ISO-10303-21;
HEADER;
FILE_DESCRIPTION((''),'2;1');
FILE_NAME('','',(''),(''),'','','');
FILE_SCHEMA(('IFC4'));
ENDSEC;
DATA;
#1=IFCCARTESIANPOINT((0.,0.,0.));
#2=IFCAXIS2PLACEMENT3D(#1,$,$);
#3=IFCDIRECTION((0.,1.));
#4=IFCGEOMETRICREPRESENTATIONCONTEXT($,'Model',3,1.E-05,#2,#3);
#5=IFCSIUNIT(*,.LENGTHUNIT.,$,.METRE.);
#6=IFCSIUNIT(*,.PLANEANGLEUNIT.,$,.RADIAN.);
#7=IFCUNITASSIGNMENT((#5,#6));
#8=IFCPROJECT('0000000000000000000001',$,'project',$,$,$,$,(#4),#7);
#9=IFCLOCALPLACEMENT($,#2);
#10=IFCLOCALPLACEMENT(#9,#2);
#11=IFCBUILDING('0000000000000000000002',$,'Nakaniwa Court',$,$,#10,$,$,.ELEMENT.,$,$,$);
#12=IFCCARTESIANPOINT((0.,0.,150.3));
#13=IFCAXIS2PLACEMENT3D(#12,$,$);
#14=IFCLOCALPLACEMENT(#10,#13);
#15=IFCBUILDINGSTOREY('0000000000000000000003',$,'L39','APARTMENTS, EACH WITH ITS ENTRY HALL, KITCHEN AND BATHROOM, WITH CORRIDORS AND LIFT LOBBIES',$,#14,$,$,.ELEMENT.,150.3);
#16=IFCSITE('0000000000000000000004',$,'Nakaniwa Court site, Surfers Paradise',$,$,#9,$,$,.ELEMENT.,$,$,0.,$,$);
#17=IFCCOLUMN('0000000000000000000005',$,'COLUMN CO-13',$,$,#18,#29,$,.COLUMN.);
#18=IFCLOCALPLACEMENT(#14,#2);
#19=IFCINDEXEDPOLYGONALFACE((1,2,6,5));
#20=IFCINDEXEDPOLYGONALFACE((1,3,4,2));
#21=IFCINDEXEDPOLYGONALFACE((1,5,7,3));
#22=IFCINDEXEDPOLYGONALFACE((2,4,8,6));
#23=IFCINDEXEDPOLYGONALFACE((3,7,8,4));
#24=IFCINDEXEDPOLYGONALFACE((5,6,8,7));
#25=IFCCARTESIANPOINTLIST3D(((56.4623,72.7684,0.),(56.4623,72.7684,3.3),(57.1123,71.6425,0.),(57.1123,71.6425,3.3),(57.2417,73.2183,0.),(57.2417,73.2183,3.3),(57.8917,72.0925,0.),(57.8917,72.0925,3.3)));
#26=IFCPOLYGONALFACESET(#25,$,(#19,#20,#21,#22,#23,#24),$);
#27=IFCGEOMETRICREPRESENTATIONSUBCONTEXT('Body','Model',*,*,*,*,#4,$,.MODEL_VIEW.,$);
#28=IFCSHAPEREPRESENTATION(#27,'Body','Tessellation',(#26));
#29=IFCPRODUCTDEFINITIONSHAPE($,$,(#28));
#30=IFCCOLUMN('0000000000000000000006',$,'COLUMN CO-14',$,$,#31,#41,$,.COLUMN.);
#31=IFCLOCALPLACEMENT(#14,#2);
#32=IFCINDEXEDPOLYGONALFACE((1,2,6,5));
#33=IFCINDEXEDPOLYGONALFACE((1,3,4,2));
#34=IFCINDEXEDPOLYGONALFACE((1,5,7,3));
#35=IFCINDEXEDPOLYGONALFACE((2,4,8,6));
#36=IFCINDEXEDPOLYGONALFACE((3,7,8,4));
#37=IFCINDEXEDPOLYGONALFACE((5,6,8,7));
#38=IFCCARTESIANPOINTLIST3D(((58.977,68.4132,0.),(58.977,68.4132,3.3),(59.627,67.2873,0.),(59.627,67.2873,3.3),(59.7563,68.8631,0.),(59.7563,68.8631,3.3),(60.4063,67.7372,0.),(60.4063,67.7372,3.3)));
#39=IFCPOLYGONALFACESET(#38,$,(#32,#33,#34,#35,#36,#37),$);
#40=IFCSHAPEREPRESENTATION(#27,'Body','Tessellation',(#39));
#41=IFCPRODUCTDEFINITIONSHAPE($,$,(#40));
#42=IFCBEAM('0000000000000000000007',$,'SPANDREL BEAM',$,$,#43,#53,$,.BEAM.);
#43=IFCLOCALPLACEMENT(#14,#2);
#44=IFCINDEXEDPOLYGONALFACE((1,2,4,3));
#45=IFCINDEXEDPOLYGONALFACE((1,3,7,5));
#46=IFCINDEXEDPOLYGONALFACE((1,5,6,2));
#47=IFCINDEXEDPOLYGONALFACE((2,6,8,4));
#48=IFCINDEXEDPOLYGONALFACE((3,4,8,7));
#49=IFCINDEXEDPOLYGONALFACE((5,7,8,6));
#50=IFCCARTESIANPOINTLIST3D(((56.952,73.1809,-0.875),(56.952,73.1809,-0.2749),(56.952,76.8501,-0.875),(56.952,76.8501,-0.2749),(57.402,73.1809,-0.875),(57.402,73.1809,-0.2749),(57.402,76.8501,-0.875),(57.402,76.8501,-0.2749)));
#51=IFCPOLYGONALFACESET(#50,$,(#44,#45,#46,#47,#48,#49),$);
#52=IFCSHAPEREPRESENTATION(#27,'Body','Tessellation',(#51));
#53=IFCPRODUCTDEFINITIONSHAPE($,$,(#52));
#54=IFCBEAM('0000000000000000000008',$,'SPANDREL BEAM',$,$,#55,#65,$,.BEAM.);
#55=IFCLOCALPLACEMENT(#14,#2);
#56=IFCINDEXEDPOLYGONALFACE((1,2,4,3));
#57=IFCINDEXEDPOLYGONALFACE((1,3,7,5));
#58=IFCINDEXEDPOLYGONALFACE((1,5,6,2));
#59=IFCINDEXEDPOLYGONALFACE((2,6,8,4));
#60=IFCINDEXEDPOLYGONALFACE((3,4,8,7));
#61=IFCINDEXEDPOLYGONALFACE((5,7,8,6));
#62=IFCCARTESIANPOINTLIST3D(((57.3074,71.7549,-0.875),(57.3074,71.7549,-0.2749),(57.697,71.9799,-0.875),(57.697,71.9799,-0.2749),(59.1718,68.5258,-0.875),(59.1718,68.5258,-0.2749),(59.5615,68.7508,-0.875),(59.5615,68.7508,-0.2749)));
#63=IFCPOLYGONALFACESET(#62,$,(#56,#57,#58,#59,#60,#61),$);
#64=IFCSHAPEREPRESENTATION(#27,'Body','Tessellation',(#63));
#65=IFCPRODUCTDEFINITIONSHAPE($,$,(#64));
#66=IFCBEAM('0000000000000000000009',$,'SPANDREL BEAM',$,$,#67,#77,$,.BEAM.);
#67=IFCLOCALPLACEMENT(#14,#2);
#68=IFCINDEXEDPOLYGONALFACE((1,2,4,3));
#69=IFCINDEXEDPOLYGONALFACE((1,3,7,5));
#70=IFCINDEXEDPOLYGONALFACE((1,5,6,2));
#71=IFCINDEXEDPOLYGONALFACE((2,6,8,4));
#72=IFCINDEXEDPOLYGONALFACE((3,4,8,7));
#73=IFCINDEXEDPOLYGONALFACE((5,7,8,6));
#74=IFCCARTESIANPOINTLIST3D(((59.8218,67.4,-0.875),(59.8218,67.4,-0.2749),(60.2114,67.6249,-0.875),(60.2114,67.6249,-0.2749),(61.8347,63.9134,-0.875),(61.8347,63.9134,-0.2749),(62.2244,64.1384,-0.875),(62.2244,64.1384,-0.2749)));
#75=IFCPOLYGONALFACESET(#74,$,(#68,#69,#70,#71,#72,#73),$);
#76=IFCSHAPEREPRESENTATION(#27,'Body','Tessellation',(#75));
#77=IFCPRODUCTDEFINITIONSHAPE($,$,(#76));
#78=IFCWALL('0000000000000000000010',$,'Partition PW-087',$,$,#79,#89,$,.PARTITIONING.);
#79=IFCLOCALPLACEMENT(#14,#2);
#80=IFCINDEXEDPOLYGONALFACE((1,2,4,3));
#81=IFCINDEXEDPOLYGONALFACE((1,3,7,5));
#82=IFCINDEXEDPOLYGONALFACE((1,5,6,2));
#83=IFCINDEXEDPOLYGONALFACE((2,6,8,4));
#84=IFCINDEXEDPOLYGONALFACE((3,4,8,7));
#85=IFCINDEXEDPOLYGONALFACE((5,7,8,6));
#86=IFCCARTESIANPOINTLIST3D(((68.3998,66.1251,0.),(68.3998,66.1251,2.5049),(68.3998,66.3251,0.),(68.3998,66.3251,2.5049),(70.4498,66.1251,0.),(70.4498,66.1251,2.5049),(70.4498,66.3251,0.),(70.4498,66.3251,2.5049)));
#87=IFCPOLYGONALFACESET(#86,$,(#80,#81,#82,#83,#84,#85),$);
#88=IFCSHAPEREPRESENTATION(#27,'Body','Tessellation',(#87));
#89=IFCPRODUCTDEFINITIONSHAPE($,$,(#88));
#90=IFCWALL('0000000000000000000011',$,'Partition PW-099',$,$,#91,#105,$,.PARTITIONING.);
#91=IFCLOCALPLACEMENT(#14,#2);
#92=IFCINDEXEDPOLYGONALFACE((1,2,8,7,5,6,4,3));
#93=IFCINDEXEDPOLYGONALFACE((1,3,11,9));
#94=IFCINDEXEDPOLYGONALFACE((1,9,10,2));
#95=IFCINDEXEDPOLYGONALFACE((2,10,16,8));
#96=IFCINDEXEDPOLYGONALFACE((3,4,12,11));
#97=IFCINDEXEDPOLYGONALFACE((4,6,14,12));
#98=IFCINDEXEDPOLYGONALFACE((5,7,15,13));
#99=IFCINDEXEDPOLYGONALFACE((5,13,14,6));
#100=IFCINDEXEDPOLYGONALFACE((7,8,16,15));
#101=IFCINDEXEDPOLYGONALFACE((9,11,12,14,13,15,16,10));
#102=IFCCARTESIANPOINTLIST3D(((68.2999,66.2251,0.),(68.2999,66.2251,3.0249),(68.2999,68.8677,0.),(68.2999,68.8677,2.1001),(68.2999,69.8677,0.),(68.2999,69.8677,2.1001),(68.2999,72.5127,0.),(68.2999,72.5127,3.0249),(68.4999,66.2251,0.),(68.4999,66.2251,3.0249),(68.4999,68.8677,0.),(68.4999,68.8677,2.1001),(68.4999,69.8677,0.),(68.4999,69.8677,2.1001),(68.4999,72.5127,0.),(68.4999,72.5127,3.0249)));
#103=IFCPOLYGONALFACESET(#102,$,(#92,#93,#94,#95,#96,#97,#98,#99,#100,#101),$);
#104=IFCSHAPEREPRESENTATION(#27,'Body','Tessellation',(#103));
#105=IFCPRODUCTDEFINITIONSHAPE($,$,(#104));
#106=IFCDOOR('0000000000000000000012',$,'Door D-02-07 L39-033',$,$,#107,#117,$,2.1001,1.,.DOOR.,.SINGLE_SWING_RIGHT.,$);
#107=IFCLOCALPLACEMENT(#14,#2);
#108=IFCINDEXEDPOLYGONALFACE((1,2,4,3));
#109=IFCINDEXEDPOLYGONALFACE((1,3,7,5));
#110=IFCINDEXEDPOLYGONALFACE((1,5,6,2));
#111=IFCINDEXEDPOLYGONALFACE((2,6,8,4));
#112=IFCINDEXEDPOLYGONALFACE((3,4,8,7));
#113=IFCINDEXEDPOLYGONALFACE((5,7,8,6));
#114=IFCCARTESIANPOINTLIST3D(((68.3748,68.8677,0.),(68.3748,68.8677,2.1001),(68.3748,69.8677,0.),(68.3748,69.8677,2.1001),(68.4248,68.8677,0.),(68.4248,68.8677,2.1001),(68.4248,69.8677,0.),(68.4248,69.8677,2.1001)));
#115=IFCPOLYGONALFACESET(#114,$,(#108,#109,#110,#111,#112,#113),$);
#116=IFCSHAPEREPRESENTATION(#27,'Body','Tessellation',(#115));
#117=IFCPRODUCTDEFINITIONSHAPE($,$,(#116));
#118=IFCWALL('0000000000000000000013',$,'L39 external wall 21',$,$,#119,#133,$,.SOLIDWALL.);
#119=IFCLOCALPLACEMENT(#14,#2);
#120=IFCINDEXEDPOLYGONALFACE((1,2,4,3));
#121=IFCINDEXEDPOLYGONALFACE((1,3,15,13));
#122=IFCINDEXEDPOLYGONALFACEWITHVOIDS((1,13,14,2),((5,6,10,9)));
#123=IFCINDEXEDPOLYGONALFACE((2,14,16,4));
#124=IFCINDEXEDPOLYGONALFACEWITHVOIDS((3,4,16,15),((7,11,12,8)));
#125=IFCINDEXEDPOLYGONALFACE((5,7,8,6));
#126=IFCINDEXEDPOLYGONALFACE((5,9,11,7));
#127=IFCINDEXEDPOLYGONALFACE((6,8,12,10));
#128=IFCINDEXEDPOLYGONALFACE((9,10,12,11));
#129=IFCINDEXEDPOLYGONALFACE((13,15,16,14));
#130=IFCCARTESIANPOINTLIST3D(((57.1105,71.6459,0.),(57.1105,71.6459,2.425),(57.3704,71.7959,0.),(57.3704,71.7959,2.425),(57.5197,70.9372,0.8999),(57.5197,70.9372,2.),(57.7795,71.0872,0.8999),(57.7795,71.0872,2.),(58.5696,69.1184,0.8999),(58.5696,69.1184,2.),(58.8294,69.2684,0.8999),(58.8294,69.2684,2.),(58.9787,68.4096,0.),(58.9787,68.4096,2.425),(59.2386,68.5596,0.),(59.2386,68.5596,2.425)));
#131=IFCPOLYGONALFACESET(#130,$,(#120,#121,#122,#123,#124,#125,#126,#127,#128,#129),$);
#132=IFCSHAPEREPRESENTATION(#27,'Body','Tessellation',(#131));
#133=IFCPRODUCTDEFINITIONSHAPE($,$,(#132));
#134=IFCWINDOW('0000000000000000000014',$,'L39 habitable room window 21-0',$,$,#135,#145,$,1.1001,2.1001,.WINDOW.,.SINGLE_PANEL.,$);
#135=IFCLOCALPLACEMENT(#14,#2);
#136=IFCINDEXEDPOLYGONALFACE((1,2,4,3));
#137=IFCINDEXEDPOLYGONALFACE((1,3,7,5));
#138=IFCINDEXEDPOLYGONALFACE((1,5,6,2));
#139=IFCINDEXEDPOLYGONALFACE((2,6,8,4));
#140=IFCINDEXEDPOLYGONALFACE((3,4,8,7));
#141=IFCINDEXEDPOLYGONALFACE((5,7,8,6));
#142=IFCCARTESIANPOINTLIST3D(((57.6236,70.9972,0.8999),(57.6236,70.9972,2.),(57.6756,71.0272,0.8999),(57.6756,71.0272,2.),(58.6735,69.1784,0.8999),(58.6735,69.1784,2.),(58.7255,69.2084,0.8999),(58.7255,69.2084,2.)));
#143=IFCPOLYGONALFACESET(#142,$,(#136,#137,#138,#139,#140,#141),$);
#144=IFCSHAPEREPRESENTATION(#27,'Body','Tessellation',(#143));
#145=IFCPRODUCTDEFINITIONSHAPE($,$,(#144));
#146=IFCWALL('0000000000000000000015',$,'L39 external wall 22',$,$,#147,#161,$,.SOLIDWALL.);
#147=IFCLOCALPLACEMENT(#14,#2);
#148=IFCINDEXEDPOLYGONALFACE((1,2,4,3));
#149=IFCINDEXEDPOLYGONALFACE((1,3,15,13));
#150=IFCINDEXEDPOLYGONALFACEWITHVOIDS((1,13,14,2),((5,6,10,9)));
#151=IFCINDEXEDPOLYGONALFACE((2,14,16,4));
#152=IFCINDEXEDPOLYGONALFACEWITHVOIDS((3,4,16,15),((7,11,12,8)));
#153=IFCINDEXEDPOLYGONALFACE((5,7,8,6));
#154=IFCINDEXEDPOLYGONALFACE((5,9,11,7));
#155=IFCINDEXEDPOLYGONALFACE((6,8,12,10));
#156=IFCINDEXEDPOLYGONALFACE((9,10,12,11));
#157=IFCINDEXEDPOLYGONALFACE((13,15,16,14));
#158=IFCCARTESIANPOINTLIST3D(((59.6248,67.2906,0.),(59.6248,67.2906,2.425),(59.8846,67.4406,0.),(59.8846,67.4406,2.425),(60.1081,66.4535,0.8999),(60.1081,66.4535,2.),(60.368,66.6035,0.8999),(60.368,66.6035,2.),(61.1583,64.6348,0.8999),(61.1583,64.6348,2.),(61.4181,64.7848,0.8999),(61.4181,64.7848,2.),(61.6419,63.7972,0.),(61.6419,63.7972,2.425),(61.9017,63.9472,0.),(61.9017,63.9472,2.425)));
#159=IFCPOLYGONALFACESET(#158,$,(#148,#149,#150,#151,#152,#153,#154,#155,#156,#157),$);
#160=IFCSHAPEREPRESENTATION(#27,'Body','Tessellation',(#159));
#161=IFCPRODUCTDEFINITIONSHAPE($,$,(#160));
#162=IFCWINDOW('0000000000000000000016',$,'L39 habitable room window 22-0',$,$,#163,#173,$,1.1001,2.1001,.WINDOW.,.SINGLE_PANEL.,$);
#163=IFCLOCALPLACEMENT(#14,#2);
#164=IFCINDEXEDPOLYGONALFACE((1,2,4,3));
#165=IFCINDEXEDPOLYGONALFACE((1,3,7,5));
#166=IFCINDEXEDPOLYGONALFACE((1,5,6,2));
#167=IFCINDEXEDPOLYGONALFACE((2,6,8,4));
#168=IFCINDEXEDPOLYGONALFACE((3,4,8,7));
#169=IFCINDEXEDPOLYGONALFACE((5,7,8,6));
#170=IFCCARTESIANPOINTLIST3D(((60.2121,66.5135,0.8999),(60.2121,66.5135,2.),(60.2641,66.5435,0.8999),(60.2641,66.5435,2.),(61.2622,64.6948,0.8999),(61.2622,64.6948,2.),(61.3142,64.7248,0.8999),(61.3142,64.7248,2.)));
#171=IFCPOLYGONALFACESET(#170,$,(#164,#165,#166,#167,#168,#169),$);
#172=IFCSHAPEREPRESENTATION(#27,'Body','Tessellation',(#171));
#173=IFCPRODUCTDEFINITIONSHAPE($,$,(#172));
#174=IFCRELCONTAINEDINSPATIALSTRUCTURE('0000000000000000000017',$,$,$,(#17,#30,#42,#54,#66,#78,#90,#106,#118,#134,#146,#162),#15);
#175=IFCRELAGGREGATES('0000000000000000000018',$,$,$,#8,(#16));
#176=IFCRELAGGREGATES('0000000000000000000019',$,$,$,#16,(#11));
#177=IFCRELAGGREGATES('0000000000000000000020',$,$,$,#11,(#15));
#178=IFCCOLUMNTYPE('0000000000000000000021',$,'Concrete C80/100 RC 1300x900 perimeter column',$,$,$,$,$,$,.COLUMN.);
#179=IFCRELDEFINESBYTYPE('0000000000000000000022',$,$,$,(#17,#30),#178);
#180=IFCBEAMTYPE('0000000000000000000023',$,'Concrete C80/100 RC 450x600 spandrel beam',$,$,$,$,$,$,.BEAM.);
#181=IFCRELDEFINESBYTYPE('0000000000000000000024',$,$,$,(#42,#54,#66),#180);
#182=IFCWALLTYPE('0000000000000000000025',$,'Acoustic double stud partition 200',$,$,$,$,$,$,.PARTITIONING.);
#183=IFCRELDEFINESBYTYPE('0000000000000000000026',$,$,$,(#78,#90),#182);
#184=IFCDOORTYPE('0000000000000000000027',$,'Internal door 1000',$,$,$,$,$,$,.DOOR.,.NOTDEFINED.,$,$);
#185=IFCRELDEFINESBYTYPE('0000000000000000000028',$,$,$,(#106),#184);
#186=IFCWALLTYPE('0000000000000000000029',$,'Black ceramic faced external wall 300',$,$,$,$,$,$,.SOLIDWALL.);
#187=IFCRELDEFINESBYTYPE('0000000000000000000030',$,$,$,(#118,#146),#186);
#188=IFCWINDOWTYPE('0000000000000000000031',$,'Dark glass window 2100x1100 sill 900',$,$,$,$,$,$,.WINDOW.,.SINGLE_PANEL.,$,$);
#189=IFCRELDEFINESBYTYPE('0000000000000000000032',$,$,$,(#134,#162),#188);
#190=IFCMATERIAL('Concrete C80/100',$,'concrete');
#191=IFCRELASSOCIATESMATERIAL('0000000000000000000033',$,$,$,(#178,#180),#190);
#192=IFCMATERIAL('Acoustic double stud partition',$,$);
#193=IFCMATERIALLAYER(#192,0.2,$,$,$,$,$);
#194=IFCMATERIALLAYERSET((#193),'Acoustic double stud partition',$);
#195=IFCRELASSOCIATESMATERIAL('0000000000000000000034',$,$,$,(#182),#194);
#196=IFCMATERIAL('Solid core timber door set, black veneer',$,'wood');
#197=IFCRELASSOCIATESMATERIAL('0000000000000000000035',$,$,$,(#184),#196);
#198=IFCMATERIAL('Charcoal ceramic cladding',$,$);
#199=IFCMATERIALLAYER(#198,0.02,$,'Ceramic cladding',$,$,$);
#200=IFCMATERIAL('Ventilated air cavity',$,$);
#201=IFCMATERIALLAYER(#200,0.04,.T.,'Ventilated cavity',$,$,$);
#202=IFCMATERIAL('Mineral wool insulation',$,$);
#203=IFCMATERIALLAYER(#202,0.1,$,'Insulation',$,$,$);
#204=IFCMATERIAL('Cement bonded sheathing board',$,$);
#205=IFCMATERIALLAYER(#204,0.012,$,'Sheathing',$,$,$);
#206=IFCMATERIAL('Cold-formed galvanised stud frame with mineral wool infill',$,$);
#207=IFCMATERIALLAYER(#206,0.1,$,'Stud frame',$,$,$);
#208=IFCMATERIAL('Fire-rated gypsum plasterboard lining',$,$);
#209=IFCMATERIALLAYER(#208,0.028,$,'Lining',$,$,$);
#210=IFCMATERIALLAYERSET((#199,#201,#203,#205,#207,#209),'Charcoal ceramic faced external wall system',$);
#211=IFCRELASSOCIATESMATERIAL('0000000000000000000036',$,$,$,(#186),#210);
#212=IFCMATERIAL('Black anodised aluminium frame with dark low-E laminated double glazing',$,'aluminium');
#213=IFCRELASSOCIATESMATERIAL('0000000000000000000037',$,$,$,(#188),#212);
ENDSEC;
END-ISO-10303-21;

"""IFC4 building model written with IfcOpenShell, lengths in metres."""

from ifc_helpers import new_model, si_unit, direction, frame, frame_2d, origin, origin_2d, place, context, subcontext, project, spatial, rectangle, extrude, material, layer, layer_set, material_profile, profile_set, type_object, element, fill, save


model = new_model("IFC4")

# Units and contexts
model_context = context("Model", 3, precision=1e-05, world=origin(), true_north=direction((0.0, 1.0)))
body_context = subcontext(model_context, "Body", "Model", "MODEL_VIEW")
ifc_project = project(units=[si_unit("LENGTHUNIT", "METRE"), si_unit("PLANEANGLEUNIT", "RADIAN")], contexts=[model_context])

# Site, building, storey
site_placement = place(None, origin())
site = spatial("IfcSite", under=ifc_project, at=site_placement, Name="Nakaniwa Court site, Surfers Paradise", CompositionType="ELEMENT", RefElevation=0.0)
building_placement = place(site_placement, origin())
building = spatial("IfcBuilding", under=site, at=building_placement, Name="Nakaniwa Court", CompositionType="ELEMENT")
storey_placement = place(building_placement, frame((0.0, 0.0, 150.3)))
storey = spatial("IfcBuildingStorey", under=building, at=storey_placement, Name="L39", Description="APARTMENTS, EACH WITH ITS ENTRY HALL, KITCHEN AND BATHROOM, WITH CORRIDORS AND LIFT LOBBIES", CompositionType="ELEMENT", Elevation=150.3)

# Columns
ifc_material_1 = material(Name="Concrete C80/100", Category="concrete")
ifc_material_profile_1 = material_profile(ifc_material_1, rectangle(XDim=1.3, YDim=0.8999, at=origin_2d()), Name="Concrete C80/100 RC 1300x900 perimeter column")
ifc_profile_set_1 = profile_set([ifc_material_profile_1], Name="Concrete C80/100")
column_type = type_object("IfcColumnType", Name="Concrete C80/100 RC 1300x900 perimeter column", PredefinedType="COLUMN", material=ifc_profile_set_1)
for number, where, z_axis, x_axis, name in (
    (1, (57.177, 72.4304, 0.0), (0.0, 0.0, 1.0), (0.5, -0.866025, 0.0), "COLUMN CO-13"),
    (2, (59.6917, 68.0752, 0.0), (0.0, 0.0, 1.0), (0.5, -0.866025, 0.0), "COLUMN CO-14"),
):
    element("IfcColumn", number, at=place(storey_placement, frame(where, z_axis=z_axis, x_axis=x_axis)), inside=storey, type_object=column_type, Name=name, PredefinedType="COLUMN", context=body_context, shape_type="SweptSolid", body=[
        extrude(rectangle(XDim=1.3, YDim=0.8999, at=origin_2d()), origin(), (0.0, 0.0, 1.0), 3.3),
    ])

# Beams
ifc_material_profile_2 = material_profile(ifc_material_1, rectangle(XDim=0.45, YDim=0.6001, at=origin_2d()), Name="Concrete C80/100 RC 450x600 spandrel beam")
ifc_profile_set_2 = profile_set([ifc_material_profile_2], Name="Concrete C80/100")
beam_type = type_object("IfcBeamType", Name="Concrete C80/100 RC 450x600 spandrel beam", PredefinedType="BEAM", material=ifc_profile_set_2)
beam_1_placement = place(storey_placement, frame((57.177, 76.8501, -0.575), z_axis=(0.0, -1.0, 0.0), x_axis=(1.0, 0.0, 0.0)))
element("IfcBeam", 3, at=beam_1_placement, inside=storey, type_object=beam_type, Name="SPANDREL BEAM", PredefinedType="BEAM", context=body_context, shape_type="SweptSolid", body=[
    extrude(rectangle(XDim=0.45, YDim=0.6001, at=origin_2d()), origin(), (0.0, 0.0, 1.0), 3.6692),
])
beam_2_placement = place(storey_placement, frame((57.5022, 71.8674, -0.575), z_axis=(0.500019, -0.866014, 0.0), x_axis=(0.866014, 0.500019, 0.0)))
element("IfcBeam", 4, at=beam_2_placement, inside=storey, type_object=beam_type, Name="SPANDREL BEAM", PredefinedType="BEAM", context=body_context, shape_type="SweptSolid", body=[
    extrude(rectangle(XDim=0.45, YDim=0.6001, at=origin_2d()), origin(), (0.0, 0.0, 1.0), 3.7288),
])
beam_3_placement = place(storey_placement, frame((60.0166, 67.5125, -0.575), z_axis=(0.499994, -0.866029, 0.0), x_axis=(0.866029, 0.499994, 0.0)))
element("IfcBeam", 5, at=beam_3_placement, inside=storey, type_object=beam_type, Name="SPANDREL BEAM", PredefinedType="BEAM", context=body_context, shape_type="SweptSolid", body=[
    extrude(rectangle(XDim=0.45, YDim=0.6001, at=origin_2d()), origin(), (0.0, 0.0, 1.0), 4.0259),
])

# Wall
ifc_material_2 = material(Name="Acoustic double stud partition")
ifc_layer_1 = layer(ifc_material_2, 0.2)
ifc_layer_set_1 = layer_set([ifc_layer_1], Name="Acoustic double stud partition")
wall_type_1 = type_object("IfcWallType", Name="Acoustic double stud partition 200", PredefinedType="PARTITIONING", material=ifc_layer_set_1)
wall_1_placement = place(storey_placement, frame((68.3999, 66.2251, 0.0), z_axis=(0.0, 0.0, 1.0), x_axis=(1.0, 0.0, 0.0)))
element("IfcWall", 6, at=wall_1_placement, inside=storey, type_object=wall_type_1, Name="Partition PW-087", PredefinedType="PARTITIONING", context=body_context, shape_type="SweptSolid", body=[
    extrude(rectangle(XDim=2.05, YDim=0.2, at=frame_2d((1.0249, 0.0))), origin(), (0.0, 0.0, 1.0), 2.5049),
])

# Wall, opening, door
wall_2_placement = place(storey_placement, frame((68.3999, 72.5127, 0.0), z_axis=(0.0, 0.0, 1.0), x_axis=(0.0, -1.0, 0.0)))
wall_2 = element("IfcWall", 7, at=wall_2_placement, inside=storey, type_object=wall_type_1, Name="Partition PW-099", PredefinedType="PARTITIONING", context=body_context, shape_type="SweptSolid", body=[
    extrude(rectangle(XDim=6.2876, YDim=0.2, at=frame_2d((3.1438, 0.0))), origin(), (0.0, 0.0, 1.0), 3.0249),
])
opening_1_placement = place(wall_2_placement, frame((2.645, 0.0, 0.0)))
opening_1 = element("IfcOpeningElement", 8, at=opening_1_placement, cuts=wall_2, PredefinedType="OPENING", context=body_context, shape_type="SweptSolid", body=[
    extrude(rectangle(XDim=1.0, YDim=2.1001, at=frame_2d((0.5, 1.05))), frame((0.0, 0.1099, 0.0), z_axis=(0.0, -1.0, 0.0), x_axis=(1.0, 0.0, 0.0)), (0.0, 0.0, 1.0), 0.22),
])
ifc_material_3 = material(Name="Solid core timber door set, black veneer", Category="wood")
door_type_1 = type_object("IfcDoorType", Name="Internal door 1000", OperationType="NOTDEFINED", PredefinedType="DOOR", material=ifc_material_3)
door_1_placement = place(opening_1_placement, origin())
door_1 = element("IfcDoor", 9, at=door_1_placement, inside=storey, type_object=door_type_1, Name="Door D-02-07 L39-033", OperationType="SINGLE_SWING_RIGHT", OverallHeight=2.1001, OverallWidth=1.0, PredefinedType="DOOR", context=body_context, shape_type="SweptSolid", body=[
    extrude(rectangle(XDim=1.0, YDim=2.1001, at=frame_2d((0.5, 1.05))), frame((0.0, 0.0249, 0.0), z_axis=(0.0, -1.0, 0.0), x_axis=(1.0, 0.0, 0.0)), (0.0, 0.0, 1.0), 0.05),
])
fill(opening_1, door_1)

# Walls, openings, windows
ifc_material_4 = material(Name="Charcoal ceramic cladding")
ifc_layer_2 = layer(ifc_material_4, 0.02, Name="Ceramic cladding")
ifc_material_5 = material(Name="Ventilated air cavity")
ifc_layer_3 = layer(ifc_material_5, 0.04, ventilated=True, Name="Ventilated cavity")
ifc_material_6 = material(Name="Mineral wool insulation")
ifc_layer_4 = layer(ifc_material_6, 0.1, Name="Insulation")
ifc_material_7 = material(Name="Cement bonded sheathing board")
ifc_layer_5 = layer(ifc_material_7, 0.012, Name="Sheathing")
ifc_material_8 = material(Name="Cold-formed galvanised stud frame with mineral wool infill")
ifc_layer_6 = layer(ifc_material_8, 0.1, Name="Stud frame")
ifc_material_9 = material(Name="Fire-rated gypsum plasterboard lining")
ifc_layer_7 = layer(ifc_material_9, 0.028, Name="Lining")
ifc_layer_set_2 = layer_set([ifc_layer_2, ifc_layer_3, ifc_layer_4, ifc_layer_5, ifc_layer_6, ifc_layer_7], Name="Charcoal ceramic faced external wall system")
wall_type_2 = type_object("IfcWallType", Name="Black ceramic faced external wall 300", PredefinedType="SOLIDWALL", material=ifc_layer_set_2)
wall_3_placement = place(storey_placement, frame((57.2405, 71.7209, 0.0), z_axis=(0.0, 0.0, 1.0), x_axis=(0.499934, -0.866064, 0.0)))
wall_3 = element("IfcWall", 10, at=wall_3_placement, inside=storey, type_object=wall_type_2, Name="L39 external wall 21", PredefinedType="SOLIDWALL", context=body_context, shape_type="SweptSolid", body=[
    extrude(rectangle(XDim=3.7368, YDim=0.3, at=frame_2d((1.8684, 0.0))), origin(), (0.0, 0.0, 1.0), 2.425),
])
opening_2_placement = place(wall_3_placement, frame((0.8184, 0.0, 0.8999)))
opening_2 = element("IfcOpeningElement", 11, at=opening_2_placement, cuts=wall_3, PredefinedType="OPENING", context=body_context, shape_type="SweptSolid", body=[
    extrude(rectangle(XDim=2.1001, YDim=1.1001, at=frame_2d((1.05, 0.55))), frame((0.0, 0.1599, 0.0), z_axis=(0.0, -1.0, 0.0), x_axis=(1.0, 0.0, 0.0)), (0.0, 0.0, 1.0), 0.3201),
])
ifc_material_10 = material(Name="Black anodised aluminium frame with dark low-E laminated double glazing", Category="aluminium")
window_type = type_object("IfcWindowType", Name="Dark glass window 2100x1100 sill 900", PartitioningType="SINGLE_PANEL", PredefinedType="WINDOW", material=ifc_material_10)
window_1_placement = place(opening_2_placement, origin())
window_1 = element("IfcWindow", 12, at=window_1_placement, inside=storey, type_object=window_type, Name="L39 habitable room window 21-0", OverallHeight=1.1001, OverallWidth=2.1001, PartitioningType="SINGLE_PANEL", PredefinedType="WINDOW", context=body_context, shape_type="SweptSolid", body=[
    extrude(rectangle(XDim=2.1001, YDim=1.1001, at=frame_2d((1.05, 0.55))), frame((0.0, 0.03, 0.0), z_axis=(0.0, -1.0, 0.0), x_axis=(1.0, 0.0, 0.0)), (0.0, 0.0, 1.0), 0.0601),
])
fill(opening_2, window_1)
wall_4_placement = place(storey_placement, frame((59.7546, 67.3657, 0.0), z_axis=(0.0, 0.0, 1.0), x_axis=(0.500032, -0.866007, 0.0)))
wall_4 = element("IfcWall", 13, at=wall_4_placement, inside=storey, type_object=wall_type_2, Name="L39 external wall 22", PredefinedType="SOLIDWALL", context=body_context, shape_type="SweptSolid", body=[
    extrude(rectangle(XDim=4.0339, YDim=0.3, at=frame_2d((2.0171, 0.0))), origin(), (0.0, 0.0, 1.0), 2.425),
])
opening_3_placement = place(wall_4_placement, frame((0.9668, 0.0, 0.8999)))
opening_3 = element("IfcOpeningElement", 14, at=opening_3_placement, cuts=wall_4, PredefinedType="OPENING", context=body_context, shape_type="SweptSolid", body=[
    extrude(rectangle(XDim=2.1001, YDim=1.1001, at=frame_2d((1.05, 0.55))), frame((0.0, 0.1599, 0.0), z_axis=(0.0, -1.0, 0.0), x_axis=(1.0, 0.0, 0.0)), (0.0, 0.0, 1.0), 0.3201),
])
window_2_placement = place(opening_3_placement, origin())
window_2 = element("IfcWindow", 15, at=window_2_placement, inside=storey, type_object=window_type, Name="L39 habitable room window 22-0", OverallHeight=1.1001, OverallWidth=2.1001, PartitioningType="SINGLE_PANEL", PredefinedType="WINDOW", context=body_context, shape_type="SweptSolid", body=[
    extrude(rectangle(XDim=2.1001, YDim=1.1001, at=frame_2d((1.05, 0.55))), frame((0.0, 0.03, 0.0), z_axis=(0.0, -1.0, 0.0), x_axis=(1.0, 0.0, 0.0)), (0.0, 0.0, 1.0), 0.0601),
])
fill(opening_3, window_2)

save(model, "model.ifc")
